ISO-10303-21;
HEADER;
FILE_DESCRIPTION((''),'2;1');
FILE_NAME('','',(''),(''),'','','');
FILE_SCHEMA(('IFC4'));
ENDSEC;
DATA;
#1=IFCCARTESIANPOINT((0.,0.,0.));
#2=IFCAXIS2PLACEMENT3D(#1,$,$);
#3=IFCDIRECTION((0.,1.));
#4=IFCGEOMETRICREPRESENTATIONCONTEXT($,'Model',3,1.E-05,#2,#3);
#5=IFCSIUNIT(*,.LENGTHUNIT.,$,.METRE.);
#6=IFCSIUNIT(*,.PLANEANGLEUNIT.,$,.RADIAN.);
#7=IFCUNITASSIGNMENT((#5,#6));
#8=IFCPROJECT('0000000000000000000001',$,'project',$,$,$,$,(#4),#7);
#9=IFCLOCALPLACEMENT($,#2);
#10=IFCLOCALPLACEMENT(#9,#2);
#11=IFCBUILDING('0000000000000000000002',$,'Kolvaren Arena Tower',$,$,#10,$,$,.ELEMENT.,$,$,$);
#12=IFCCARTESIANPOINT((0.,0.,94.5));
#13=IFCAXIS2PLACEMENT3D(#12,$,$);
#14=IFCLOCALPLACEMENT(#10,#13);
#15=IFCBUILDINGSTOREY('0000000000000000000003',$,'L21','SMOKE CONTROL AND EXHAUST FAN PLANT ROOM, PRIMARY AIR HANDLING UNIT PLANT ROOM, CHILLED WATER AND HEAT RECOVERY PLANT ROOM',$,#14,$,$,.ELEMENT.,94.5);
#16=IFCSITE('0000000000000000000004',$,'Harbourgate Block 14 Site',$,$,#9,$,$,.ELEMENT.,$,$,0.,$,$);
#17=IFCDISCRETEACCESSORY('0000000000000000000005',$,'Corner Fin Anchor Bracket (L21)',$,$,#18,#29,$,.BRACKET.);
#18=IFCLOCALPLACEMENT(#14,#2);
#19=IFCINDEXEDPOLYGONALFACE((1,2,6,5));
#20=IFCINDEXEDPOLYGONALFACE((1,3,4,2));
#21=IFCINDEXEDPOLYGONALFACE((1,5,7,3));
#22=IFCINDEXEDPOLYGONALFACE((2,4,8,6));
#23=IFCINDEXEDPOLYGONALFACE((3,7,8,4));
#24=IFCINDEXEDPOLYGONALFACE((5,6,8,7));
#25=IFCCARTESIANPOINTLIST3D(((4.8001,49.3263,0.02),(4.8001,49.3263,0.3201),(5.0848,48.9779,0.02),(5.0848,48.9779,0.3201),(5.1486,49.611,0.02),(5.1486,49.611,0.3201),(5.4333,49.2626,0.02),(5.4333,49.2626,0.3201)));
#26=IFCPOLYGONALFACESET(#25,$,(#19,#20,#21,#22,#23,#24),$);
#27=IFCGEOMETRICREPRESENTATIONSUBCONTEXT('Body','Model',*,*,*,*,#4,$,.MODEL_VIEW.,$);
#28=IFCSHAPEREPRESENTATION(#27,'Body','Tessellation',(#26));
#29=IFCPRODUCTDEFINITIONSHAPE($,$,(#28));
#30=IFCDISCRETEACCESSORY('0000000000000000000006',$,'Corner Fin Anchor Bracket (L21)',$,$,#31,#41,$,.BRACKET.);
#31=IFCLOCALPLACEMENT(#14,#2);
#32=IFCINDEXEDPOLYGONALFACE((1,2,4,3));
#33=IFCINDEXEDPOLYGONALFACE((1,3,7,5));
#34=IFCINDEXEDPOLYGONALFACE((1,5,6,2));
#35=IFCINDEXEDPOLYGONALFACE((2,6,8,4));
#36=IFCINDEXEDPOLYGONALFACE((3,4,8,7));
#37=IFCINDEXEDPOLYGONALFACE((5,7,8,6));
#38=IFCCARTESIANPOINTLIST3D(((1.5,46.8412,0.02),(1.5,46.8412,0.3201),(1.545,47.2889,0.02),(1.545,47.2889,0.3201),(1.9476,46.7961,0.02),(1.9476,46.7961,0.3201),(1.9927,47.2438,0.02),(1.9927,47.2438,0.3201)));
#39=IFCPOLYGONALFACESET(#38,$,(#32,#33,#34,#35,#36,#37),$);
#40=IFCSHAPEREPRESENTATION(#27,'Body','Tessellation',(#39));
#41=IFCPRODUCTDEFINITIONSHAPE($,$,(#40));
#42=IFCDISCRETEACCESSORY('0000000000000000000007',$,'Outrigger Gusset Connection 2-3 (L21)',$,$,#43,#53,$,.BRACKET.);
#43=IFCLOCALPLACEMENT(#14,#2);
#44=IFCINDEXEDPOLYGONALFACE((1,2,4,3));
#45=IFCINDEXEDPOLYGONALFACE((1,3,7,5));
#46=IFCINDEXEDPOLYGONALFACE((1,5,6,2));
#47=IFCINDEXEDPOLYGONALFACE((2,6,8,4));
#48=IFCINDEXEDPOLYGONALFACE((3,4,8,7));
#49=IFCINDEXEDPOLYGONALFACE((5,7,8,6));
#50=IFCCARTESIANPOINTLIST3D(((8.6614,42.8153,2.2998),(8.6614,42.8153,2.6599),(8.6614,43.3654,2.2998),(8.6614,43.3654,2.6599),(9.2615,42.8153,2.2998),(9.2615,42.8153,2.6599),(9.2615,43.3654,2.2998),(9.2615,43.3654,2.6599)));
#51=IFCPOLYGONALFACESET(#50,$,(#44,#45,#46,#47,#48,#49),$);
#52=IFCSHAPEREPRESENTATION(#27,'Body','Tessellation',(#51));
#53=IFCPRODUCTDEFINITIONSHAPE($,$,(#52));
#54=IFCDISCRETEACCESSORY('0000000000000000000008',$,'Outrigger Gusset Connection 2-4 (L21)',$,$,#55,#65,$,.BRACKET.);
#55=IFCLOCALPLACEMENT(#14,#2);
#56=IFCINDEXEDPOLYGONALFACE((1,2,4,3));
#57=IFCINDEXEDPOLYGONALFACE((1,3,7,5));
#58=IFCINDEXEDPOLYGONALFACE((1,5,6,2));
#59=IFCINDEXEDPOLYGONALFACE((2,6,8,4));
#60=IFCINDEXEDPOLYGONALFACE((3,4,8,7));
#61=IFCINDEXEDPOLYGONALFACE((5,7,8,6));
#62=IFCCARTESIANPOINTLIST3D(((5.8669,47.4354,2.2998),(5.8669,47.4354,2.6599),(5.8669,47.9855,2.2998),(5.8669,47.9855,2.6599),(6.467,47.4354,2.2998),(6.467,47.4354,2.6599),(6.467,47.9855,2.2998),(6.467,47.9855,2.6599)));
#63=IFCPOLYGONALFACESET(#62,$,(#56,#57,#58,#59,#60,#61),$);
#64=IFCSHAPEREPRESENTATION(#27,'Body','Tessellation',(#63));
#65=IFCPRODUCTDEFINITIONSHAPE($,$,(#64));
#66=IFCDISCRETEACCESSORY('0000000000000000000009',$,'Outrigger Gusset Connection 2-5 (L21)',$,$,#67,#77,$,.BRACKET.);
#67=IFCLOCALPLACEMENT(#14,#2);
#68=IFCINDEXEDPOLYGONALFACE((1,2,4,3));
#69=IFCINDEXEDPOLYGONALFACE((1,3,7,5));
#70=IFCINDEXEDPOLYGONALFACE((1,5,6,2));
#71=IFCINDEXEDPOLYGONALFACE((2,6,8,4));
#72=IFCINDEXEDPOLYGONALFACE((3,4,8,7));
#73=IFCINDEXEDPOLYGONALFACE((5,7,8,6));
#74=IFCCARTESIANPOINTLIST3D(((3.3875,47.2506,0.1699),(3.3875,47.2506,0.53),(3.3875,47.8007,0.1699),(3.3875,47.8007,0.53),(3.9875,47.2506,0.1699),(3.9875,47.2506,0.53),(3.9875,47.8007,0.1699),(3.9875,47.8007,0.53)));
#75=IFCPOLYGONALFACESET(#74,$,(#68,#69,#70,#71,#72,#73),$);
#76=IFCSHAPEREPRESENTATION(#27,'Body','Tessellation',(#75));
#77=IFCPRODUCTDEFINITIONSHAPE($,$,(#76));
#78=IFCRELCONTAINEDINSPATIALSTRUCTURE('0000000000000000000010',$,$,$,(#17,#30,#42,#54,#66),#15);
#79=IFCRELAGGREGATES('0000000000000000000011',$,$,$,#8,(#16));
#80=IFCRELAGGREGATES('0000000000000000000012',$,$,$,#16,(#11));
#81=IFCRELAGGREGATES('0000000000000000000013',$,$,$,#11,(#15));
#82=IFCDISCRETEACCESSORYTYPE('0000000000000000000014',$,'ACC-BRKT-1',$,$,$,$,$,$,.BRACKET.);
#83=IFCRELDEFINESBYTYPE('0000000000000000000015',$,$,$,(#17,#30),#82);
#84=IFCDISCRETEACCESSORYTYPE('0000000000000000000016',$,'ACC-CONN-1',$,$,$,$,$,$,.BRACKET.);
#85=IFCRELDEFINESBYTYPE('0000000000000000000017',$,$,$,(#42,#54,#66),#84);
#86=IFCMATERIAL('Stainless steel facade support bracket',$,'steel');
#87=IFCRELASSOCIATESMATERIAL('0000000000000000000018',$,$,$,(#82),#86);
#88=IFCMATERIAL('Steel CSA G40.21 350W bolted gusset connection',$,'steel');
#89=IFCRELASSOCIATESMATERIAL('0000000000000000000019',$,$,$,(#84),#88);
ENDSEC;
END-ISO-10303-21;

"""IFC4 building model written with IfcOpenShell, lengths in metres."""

from ifc_helpers import new_model, si_unit, direction, frame, origin, origin_2d, place, context, subcontext, project, spatial, rectangle, extrude, material, type_object, element, save


model = new_model("IFC4")

# Units and contexts
model_context = context("Model", 3, precision=1e-05, world=origin(), true_north=direction((0.0, 1.0)))
body_context = subcontext(model_context, "Body", "Model", "MODEL_VIEW")
ifc_project = project(units=[si_unit("LENGTHUNIT", "METRE"), si_unit("PLANEANGLEUNIT", "RADIAN")], contexts=[model_context])

# Site, building, storey
site_placement = place(None, origin())
site = spatial("IfcSite", under=ifc_project, at=site_placement, Name="Harbourgate Block 14 Site", CompositionType="ELEMENT", RefElevation=0.0)
building_placement = place(site_placement, origin())
building = spatial("IfcBuilding", under=site, at=building_placement, Name="Kolvaren Arena Tower", CompositionType="ELEMENT")
storey_placement = place(building_placement, frame((0.0, 0.0, 94.5)))
storey = spatial("IfcBuildingStorey", under=building, at=storey_placement, Name="L21", Description="SMOKE CONTROL AND EXHAUST FAN PLANT ROOM, PRIMARY AIR HANDLING UNIT PLANT ROOM, CHILLED WATER AND HEAT RECOVERY PLANT ROOM", CompositionType="ELEMENT", Elevation=94.5)

# Discrete accessories
ifc_material_1 = material(Name="Stainless steel facade support bracket", Category="steel")
discrete_accessory_type_1 = type_object("IfcDiscreteAccessoryType", Name="ACC-BRKT-1", PredefinedType="BRACKET", material=ifc_material_1)
for number, where, z_axis, x_axis, name in (
    (1, (5.1167, 49.2944, 0.02), (0.0, 0.0, 1.0), (-0.632723, 0.774378, 0.0), "Corner Fin Anchor Bracket (L21)"),
    (2, (1.7463, 47.0425, 0.02), (0.0, 0.0, 1.0), (-0.994972, 0.100155, 0.0), "Corner Fin Anchor Bracket (L21)"),
):
    element("IfcDiscreteAccessory", number, at=place(storey_placement, frame(where, z_axis=z_axis, x_axis=x_axis)), inside=storey, type_object=discrete_accessory_type_1, Name=name, PredefinedType="BRACKET", context=body_context, shape_type="SweptSolid", body=[
        extrude(rectangle(XDim=0.45, YDim=0.45, at=origin_2d()), origin(), (0.0, 0.0, 1.0), 0.3),
    ])
ifc_material_2 = material(Name="Steel CSA G40.21 350W bolted gusset connection", Category="steel")
discrete_accessory_type_2 = type_object("IfcDiscreteAccessoryType", Name="ACC-CONN-1", PredefinedType="BRACKET", material=ifc_material_2)
for number, where, z_axis, x_axis, name in (
    (3, (8.9614, 43.0903, 2.2998), (0.0, 0.0, 1.0), (1.0, 0.0, 0.0), "Outrigger Gusset Connection 2-3 (L21)"),
    (4, (6.167, 47.7104, 2.2998), (0.0, 0.0, 1.0), (1.0, 0.0, 0.0), "Outrigger Gusset Connection 2-4 (L21)"),
    (5, (3.6875, 47.5256, 0.1699), (0.0, 0.0, 1.0), (1.0, 0.0, 0.0), "Outrigger Gusset Connection 2-5 (L21)"),
):
    element("IfcDiscreteAccessory", number, at=place(storey_placement, frame(where, z_axis=z_axis, x_axis=x_axis)), inside=storey, type_object=discrete_accessory_type_2, Name=name, PredefinedType="BRACKET", context=body_context, shape_type="SweptSolid", body=[
        extrude(rectangle(XDim=0.6001, YDim=0.55, at=origin_2d()), origin(), (0.0, 0.0, 1.0), 0.3601),
    ])

save(model, "model.ifc")
